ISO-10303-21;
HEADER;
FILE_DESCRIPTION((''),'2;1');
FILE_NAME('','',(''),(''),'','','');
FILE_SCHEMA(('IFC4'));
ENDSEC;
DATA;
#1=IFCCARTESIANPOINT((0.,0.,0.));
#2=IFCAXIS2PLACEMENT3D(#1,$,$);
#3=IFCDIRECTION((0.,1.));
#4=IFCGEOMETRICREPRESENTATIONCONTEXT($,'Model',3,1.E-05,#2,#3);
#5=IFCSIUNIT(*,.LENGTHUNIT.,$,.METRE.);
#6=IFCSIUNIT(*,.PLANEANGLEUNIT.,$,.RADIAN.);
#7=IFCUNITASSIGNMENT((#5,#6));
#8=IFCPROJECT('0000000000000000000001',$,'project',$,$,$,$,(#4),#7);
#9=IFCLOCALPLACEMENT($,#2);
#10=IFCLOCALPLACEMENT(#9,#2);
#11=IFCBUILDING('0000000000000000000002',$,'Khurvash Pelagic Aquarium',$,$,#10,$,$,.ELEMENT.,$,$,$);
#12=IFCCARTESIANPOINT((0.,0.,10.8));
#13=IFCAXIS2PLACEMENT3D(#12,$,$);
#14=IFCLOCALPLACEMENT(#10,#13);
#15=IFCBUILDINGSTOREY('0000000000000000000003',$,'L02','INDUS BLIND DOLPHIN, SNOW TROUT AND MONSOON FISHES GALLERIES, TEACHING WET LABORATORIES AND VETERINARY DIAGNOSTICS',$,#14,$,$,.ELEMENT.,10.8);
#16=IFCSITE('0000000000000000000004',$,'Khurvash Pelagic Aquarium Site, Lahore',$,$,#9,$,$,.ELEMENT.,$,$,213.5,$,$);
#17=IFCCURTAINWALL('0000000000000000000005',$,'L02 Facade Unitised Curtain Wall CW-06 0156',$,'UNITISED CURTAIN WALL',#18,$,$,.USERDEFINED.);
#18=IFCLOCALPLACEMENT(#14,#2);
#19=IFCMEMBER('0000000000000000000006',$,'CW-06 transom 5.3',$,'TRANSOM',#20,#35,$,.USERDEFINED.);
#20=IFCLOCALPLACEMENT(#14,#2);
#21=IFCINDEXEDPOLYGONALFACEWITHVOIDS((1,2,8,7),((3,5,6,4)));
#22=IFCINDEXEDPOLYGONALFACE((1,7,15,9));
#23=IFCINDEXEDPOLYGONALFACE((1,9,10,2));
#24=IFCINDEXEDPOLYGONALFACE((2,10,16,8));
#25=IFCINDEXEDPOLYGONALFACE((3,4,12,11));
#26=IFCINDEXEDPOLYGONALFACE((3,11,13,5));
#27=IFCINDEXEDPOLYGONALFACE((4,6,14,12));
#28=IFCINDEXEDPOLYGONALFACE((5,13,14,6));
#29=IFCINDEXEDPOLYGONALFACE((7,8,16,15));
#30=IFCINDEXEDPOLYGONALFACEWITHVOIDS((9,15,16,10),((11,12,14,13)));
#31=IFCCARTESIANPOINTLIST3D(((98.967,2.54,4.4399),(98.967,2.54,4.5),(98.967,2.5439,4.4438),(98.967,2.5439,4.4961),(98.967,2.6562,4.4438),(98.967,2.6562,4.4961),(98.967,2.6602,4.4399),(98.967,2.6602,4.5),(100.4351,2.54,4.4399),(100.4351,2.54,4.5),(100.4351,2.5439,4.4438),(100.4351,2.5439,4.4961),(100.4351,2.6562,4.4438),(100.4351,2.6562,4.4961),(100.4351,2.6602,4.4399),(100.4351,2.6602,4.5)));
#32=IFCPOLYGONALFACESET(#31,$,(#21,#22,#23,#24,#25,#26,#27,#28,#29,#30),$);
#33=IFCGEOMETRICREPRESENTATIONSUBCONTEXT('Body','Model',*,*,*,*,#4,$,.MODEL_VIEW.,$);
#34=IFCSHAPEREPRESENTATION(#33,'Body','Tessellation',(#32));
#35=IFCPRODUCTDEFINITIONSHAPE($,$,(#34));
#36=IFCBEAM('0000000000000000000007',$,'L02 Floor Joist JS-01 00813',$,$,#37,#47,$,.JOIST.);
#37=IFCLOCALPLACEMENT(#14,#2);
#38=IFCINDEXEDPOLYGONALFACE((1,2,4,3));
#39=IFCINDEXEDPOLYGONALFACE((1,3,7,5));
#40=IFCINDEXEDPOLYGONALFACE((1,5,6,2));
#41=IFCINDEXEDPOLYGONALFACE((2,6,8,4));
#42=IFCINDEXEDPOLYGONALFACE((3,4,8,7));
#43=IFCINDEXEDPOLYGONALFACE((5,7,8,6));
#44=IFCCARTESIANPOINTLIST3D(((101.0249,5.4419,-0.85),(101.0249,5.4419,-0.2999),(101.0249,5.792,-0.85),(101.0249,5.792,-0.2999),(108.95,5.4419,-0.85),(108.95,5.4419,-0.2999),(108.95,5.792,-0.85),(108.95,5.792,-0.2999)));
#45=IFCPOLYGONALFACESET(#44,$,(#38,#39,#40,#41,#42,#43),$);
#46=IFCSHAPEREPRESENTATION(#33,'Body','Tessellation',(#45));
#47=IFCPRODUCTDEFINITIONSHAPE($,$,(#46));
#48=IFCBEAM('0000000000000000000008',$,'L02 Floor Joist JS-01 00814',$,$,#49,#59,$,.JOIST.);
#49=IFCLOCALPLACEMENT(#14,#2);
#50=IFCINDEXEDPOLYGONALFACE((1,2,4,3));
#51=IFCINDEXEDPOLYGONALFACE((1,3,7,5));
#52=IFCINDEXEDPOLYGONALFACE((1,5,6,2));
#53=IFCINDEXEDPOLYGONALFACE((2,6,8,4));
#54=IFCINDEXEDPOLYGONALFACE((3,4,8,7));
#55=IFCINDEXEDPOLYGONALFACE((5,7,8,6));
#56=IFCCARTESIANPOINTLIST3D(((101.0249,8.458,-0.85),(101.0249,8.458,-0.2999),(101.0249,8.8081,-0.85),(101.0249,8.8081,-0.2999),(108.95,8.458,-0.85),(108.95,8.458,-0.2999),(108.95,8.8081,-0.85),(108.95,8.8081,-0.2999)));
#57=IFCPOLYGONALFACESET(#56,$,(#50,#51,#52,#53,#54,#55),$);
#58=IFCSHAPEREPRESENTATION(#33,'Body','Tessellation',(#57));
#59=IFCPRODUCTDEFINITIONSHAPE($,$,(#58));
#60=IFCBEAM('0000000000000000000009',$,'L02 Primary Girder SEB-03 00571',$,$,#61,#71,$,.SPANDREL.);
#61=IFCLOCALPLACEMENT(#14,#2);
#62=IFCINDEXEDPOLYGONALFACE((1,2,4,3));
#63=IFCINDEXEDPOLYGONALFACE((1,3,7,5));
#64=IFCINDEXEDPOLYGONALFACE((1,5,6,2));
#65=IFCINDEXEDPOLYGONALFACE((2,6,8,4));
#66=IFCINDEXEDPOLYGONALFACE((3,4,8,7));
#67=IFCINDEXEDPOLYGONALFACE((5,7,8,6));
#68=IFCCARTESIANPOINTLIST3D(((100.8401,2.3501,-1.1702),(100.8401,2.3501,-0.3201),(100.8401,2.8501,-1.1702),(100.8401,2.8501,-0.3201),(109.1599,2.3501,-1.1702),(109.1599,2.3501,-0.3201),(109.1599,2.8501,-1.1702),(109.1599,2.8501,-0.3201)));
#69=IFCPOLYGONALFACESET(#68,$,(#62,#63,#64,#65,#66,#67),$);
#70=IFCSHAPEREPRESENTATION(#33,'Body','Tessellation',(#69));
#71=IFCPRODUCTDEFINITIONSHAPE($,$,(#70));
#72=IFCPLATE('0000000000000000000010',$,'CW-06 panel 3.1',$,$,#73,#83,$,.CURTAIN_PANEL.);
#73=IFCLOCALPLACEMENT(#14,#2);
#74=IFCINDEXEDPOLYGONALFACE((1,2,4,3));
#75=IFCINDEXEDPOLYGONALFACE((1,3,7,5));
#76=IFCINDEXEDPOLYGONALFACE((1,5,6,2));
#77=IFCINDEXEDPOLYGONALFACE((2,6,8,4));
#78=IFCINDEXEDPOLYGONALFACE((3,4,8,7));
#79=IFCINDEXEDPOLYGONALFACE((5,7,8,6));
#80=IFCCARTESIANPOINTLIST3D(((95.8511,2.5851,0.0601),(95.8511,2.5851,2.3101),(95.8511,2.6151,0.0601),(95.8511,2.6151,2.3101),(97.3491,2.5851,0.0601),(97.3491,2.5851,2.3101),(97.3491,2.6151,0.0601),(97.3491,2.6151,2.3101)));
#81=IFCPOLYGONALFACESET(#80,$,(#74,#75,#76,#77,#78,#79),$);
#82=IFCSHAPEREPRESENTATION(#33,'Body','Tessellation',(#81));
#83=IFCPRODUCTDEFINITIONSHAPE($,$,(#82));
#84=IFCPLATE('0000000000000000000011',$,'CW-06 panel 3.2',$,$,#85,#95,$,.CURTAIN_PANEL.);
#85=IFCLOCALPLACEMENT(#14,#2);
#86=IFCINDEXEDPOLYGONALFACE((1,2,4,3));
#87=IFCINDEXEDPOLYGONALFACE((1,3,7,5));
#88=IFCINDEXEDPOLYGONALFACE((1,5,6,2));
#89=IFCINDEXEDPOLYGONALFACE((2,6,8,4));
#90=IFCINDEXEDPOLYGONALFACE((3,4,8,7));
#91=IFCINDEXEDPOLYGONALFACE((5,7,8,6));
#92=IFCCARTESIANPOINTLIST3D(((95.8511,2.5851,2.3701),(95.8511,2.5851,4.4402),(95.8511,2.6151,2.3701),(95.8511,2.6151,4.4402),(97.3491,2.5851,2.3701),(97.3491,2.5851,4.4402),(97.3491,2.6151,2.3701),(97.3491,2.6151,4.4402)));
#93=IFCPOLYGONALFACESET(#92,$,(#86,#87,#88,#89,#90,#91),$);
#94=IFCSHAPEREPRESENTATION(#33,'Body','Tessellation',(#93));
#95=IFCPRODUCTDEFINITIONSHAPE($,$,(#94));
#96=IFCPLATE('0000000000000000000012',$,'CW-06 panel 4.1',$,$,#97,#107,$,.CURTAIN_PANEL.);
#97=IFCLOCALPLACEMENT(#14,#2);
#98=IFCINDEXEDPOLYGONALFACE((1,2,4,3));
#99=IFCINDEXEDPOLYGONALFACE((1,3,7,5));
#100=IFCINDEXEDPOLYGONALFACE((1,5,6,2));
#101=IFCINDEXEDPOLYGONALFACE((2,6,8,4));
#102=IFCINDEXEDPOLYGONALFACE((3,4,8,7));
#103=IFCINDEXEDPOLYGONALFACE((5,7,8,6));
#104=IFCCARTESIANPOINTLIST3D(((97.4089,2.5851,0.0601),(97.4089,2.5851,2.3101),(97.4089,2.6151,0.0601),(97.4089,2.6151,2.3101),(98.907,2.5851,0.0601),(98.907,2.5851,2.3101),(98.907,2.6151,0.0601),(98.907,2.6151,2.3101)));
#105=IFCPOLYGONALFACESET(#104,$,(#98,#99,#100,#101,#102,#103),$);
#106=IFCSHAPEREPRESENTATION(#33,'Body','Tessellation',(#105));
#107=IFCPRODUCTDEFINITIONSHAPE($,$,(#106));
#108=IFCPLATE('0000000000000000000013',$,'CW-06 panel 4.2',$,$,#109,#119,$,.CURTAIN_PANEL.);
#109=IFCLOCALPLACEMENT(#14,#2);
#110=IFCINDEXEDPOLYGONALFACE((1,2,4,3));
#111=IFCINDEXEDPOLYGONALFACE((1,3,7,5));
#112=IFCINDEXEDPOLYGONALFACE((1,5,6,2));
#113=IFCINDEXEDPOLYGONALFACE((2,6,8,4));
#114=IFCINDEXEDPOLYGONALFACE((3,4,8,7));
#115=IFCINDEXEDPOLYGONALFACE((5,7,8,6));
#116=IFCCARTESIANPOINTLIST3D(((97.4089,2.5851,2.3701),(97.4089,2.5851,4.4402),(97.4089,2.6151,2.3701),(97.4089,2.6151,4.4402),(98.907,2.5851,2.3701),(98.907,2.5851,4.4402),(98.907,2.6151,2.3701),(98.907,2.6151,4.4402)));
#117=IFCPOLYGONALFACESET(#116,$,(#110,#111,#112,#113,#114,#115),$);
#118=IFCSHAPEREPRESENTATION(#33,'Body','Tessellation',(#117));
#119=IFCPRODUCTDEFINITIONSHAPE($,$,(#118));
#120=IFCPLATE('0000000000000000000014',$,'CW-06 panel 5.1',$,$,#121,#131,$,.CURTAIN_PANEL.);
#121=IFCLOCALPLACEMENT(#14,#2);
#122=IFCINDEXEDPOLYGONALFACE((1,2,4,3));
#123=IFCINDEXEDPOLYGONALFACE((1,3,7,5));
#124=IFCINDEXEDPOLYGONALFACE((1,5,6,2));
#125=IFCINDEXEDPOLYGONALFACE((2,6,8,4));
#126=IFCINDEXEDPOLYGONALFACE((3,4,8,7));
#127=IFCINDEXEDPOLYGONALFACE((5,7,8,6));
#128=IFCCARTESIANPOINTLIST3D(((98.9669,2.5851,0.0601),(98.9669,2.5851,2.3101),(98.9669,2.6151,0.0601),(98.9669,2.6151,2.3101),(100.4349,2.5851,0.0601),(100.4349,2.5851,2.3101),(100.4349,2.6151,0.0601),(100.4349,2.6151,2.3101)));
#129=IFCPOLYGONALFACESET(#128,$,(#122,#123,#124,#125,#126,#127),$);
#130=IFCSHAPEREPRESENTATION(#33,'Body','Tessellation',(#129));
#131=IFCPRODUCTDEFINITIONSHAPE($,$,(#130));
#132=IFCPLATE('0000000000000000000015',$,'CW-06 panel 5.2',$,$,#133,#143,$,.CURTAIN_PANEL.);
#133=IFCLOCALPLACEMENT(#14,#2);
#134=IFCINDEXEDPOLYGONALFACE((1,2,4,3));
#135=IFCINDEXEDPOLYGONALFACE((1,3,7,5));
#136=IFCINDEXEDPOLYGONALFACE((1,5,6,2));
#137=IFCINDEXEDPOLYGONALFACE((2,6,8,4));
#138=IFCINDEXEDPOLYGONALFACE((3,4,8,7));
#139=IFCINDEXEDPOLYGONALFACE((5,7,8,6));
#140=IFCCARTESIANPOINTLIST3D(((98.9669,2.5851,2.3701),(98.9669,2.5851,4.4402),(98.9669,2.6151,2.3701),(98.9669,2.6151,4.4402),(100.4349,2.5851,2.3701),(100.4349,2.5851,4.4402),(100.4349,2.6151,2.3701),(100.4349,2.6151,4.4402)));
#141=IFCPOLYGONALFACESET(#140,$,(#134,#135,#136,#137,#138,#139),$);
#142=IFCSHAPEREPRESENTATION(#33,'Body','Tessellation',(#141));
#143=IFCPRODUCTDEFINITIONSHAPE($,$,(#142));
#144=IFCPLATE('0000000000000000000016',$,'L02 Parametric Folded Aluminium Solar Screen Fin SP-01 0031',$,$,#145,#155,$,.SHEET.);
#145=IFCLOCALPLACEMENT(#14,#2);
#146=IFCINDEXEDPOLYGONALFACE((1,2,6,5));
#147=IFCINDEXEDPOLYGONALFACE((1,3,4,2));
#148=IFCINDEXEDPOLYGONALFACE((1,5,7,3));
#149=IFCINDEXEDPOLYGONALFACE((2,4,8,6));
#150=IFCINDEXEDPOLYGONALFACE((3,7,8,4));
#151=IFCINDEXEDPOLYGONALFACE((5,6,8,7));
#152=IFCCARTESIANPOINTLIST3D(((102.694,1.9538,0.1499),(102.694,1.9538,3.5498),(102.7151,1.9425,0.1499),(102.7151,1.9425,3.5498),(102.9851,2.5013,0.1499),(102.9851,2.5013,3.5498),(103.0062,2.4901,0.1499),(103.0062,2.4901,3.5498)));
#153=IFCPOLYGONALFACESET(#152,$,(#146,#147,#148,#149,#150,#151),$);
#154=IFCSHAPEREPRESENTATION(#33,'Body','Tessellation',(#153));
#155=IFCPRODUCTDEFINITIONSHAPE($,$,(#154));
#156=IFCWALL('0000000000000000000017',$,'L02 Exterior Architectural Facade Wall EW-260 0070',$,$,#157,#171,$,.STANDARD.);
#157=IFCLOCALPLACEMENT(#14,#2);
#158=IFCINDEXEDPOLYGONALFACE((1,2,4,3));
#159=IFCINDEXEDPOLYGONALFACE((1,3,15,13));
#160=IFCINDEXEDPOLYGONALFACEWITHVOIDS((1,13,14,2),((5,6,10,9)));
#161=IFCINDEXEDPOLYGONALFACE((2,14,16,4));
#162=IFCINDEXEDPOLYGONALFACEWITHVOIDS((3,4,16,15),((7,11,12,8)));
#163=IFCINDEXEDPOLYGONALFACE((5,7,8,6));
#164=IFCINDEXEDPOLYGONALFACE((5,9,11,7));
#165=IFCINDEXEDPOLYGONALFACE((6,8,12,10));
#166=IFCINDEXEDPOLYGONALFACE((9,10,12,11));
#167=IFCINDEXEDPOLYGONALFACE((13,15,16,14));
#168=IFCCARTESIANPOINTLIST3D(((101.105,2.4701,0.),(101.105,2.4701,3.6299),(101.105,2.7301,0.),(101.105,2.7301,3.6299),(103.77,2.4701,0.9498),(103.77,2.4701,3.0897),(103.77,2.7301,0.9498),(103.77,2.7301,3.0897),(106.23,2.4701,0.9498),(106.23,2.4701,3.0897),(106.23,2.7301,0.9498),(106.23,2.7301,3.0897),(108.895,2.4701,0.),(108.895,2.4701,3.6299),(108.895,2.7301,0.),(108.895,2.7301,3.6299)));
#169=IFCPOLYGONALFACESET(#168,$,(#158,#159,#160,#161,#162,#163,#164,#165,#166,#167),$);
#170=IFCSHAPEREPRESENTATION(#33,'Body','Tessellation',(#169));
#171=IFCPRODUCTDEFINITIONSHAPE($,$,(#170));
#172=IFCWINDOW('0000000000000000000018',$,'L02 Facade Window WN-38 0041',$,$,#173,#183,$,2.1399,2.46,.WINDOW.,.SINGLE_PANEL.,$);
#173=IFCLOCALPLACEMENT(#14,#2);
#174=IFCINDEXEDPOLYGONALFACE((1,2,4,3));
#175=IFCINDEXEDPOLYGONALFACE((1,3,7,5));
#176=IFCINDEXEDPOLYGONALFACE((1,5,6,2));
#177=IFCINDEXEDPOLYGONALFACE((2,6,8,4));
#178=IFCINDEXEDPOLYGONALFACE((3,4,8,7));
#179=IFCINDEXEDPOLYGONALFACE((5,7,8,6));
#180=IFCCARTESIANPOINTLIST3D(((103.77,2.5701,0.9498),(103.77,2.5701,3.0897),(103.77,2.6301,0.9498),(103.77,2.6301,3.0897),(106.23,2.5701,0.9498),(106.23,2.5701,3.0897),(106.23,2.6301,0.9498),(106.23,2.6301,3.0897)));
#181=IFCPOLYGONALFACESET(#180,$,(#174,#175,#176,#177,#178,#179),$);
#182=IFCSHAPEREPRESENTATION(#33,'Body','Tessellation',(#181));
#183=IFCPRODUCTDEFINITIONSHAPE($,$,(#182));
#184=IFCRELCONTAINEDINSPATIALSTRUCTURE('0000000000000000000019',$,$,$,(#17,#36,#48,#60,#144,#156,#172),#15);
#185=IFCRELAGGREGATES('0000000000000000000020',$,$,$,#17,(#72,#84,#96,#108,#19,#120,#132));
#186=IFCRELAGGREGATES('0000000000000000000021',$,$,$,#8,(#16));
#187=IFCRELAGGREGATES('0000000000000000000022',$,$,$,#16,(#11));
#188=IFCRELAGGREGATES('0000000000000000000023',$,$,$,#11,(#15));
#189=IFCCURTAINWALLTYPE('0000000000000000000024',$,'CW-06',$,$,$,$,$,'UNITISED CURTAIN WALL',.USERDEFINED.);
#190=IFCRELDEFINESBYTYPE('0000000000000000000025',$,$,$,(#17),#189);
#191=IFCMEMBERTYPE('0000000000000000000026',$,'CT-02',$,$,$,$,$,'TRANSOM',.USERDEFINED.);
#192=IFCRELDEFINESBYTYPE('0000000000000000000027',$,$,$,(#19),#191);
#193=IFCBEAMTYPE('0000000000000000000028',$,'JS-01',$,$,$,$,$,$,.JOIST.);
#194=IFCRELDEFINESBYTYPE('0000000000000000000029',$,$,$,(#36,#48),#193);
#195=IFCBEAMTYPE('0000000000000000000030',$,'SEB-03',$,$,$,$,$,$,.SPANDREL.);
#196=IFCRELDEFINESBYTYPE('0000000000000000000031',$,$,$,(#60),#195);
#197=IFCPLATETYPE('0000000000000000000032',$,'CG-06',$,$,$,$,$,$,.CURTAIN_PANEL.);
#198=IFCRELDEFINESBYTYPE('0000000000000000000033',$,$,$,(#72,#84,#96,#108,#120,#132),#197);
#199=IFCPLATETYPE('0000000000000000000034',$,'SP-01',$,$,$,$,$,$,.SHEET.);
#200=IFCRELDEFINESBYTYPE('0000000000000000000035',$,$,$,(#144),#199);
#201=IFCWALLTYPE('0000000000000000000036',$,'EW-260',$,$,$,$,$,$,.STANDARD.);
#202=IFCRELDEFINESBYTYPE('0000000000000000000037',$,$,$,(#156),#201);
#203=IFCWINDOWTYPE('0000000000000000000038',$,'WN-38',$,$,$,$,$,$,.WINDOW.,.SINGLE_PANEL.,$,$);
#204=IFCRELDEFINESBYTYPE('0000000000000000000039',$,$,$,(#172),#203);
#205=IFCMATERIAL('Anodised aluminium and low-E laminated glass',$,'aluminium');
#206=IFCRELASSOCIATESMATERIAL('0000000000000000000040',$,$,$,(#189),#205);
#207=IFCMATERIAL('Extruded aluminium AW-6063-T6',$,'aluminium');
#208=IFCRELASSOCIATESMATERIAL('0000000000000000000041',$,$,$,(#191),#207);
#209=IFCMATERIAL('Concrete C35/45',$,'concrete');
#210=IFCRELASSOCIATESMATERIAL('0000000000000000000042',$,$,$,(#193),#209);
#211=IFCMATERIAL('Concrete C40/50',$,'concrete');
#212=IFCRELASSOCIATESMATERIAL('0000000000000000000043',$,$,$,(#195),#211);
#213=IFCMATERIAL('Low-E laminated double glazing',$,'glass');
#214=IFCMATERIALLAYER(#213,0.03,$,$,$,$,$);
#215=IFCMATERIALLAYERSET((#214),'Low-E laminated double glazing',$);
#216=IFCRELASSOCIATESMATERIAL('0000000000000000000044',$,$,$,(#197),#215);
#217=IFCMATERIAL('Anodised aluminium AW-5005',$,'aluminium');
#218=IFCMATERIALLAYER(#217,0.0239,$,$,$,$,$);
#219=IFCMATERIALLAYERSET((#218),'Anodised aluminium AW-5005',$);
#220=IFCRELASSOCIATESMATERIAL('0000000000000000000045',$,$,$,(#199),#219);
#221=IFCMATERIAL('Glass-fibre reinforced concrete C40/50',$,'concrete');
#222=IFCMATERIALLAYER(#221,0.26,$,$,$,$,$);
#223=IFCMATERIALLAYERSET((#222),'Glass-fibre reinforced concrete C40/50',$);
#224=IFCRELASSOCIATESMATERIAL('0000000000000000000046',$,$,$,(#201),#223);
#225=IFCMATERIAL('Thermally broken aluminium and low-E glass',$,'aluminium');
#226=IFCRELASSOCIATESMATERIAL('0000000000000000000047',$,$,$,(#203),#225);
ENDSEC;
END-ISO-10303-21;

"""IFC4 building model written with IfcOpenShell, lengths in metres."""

from ifc_helpers import new_model, si_unit, direction, frame, frame_2d, origin, origin_2d, place, context, subcontext, project, spatial, rectangle, hollow_rectangle, extrude, material, layer, layer_set, material_profile, profile_set, type_object, element, fill, aggregate, save


model = new_model("IFC4")

# Units and contexts
model_context = context("Model", 3, precision=1e-05, world=origin(), true_north=direction((0.0, 1.0)))
body_context = subcontext(model_context, "Body", "Model", "MODEL_VIEW")
ifc_project = project(units=[si_unit("LENGTHUNIT", "METRE"), si_unit("PLANEANGLEUNIT", "RADIAN")], contexts=[model_context])

# Site, building, storey
site_placement = place(None, origin())
site = spatial("IfcSite", under=ifc_project, at=site_placement, Name="Khurvash Pelagic Aquarium Site, Lahore", CompositionType="ELEMENT", RefElevation=213.5)
building_placement = place(site_placement, origin())
building = spatial("IfcBuilding", under=site, at=building_placement, Name="Khurvash Pelagic Aquarium", CompositionType="ELEMENT")
storey_placement = place(building_placement, frame((0.0, 0.0, 10.8)))
storey = spatial("IfcBuildingStorey", under=building, at=storey_placement, Name="L02", Description="INDUS BLIND DOLPHIN, SNOW TROUT AND MONSOON FISHES GALLERIES, TEACHING WET LABORATORIES AND VETERINARY DIAGNOSTICS", CompositionType="ELEMENT", Elevation=10.8)

# Shared definitions
ifc_material_1 = material(Name="Concrete C40/50", Category="concrete")

# Shared definitions
ifc_material_2 = material(Name="Concrete C35/45", Category="concrete")

# Curtain wall, member
ifc_material_3 = material(Name="Anodised aluminium and low-E laminated glass", Category="aluminium")
curtain_wall_type = type_object("IfcCurtainWallType", Name="CW-06", ElementType="UNITISED CURTAIN WALL", PredefinedType="USERDEFINED", material=ifc_material_3)
curtain_wall_placement = place(storey_placement, origin())
curtain_wall = element("IfcCurtainWall", 1, at=curtain_wall_placement, inside=storey, type_object=curtain_wall_type, Name="L02 Facade Unitised Curtain Wall CW-06 0156", ObjectType="UNITISED CURTAIN WALL", PredefinedType="USERDEFINED")
ifc_material_4 = material(Name="Extruded aluminium AW-6063-T6", Category="aluminium")
ifc_material_profile_1 = material_profile(ifc_material_4, hollow_rectangle(XDim=0.1201, YDim=0.0601, WallThickness=0.0039, at=origin_2d()), Name="CWT120X60X4")
ifc_profile_set_1 = profile_set([ifc_material_profile_1], Name="Extruded aluminium AW-6063-T6")
member_type_1 = type_object("IfcMemberType", Name="CT-02", ElementType="TRANSOM", PredefinedType="USERDEFINED", material=ifc_profile_set_1)
member_1_placement = place(storey_placement, frame((98.967, 2.6001, 4.47), z_axis=(1.0, 0.0, 0.0), x_axis=(0.0, 1.0, 0.0)))
member_1 = element("IfcMember", 2, at=member_1_placement, type_object=member_type_1, Name="CW-06 transom 5.3", ObjectType="TRANSOM", PredefinedType="USERDEFINED", context=body_context, shape_type="SweptSolid", body=[
    extrude(hollow_rectangle(XDim=0.1201, YDim=0.0601, WallThickness=0.0039, at=origin_2d()), origin(), (0.0, 0.0, 1.0), 1.468),
])

# Beams
ifc_material_profile_2 = material_profile(ifc_material_2, rectangle(XDim=0.3501, YDim=0.55, at=origin_2d()), Name="RC350X550")
ifc_profile_set_2 = profile_set([ifc_material_profile_2], Name="Concrete C35/45")
beam_type_1 = type_object("IfcBeamType", Name="JS-01", PredefinedType="JOIST", material=ifc_profile_set_2)
for number, where, z_axis, x_axis, name in (
    (3, (101.0249, 5.6169, -0.575), (1.0, 0.0, 0.0), (0.0, 1.0, 0.0), "L02 Floor Joist JS-01 00813"),
    (4, (101.0249, 8.6331, -0.575), (1.0, 0.0, 0.0), (0.0, 1.0, 0.0), "L02 Floor Joist JS-01 00814"),
):
    element("IfcBeam", number, at=place(storey_placement, frame(where, z_axis=z_axis, x_axis=x_axis)), inside=storey, type_object=beam_type_1, Name=name, PredefinedType="JOIST", context=body_context, shape_type="SweptSolid", body=[
        extrude(rectangle(XDim=0.3501, YDim=0.55, at=origin_2d()), origin(), (0.0, 0.0, 1.0), 7.925),
    ])
ifc_material_profile_3 = material_profile(ifc_material_1, rectangle(XDim=0.5, YDim=0.8501, at=origin_2d()), Name="RC500X850")
ifc_profile_set_3 = profile_set([ifc_material_profile_3], Name="Concrete C40/50")
beam_type_2 = type_object("IfcBeamType", Name="SEB-03", PredefinedType="SPANDREL", material=ifc_profile_set_3)
beam_1_placement = place(storey_placement, frame((100.8401, 2.6001, -0.7451), z_axis=(1.0, 0.0, 0.0), x_axis=(0.0, 1.0, 0.0)))
element("IfcBeam", 5, at=beam_1_placement, inside=storey, type_object=beam_type_2, Name="L02 Primary Girder SEB-03 00571", PredefinedType="SPANDREL", context=body_context, shape_type="SweptSolid", body=[
    extrude(rectangle(XDim=0.5, YDim=0.8501, at=origin_2d()), origin(), (0.0, 0.0, 1.0), 8.3198),
])

# Plates
ifc_material_5 = material(Name="Low-E laminated double glazing", Category="glass")
ifc_layer_1 = layer(ifc_material_5, 0.03)
ifc_layer_set_1 = layer_set([ifc_layer_1], Name="Low-E laminated double glazing")
plate_type_1 = type_object("IfcPlateType", Name="CG-06", PredefinedType="CURTAIN_PANEL", material=ifc_layer_set_1)
plate_1_placement = place(storey_placement, frame((96.6001, 2.6001, 0.0601), z_axis=(0.0, 0.0, 1.0), x_axis=(1.0, 0.0, 0.0)))
plate_1 = element("IfcPlate", 6, at=plate_1_placement, type_object=plate_type_1, Name="CW-06 panel 3.1", PredefinedType="CURTAIN_PANEL", context=body_context, shape_type="SweptSolid", body=[
    extrude(rectangle(XDim=1.498, YDim=0.03, at=origin_2d()), origin(), (0.0, 0.0, 1.0), 2.25),
])
plate_2_placement = place(storey_placement, frame((96.6001, 2.6001, 2.3701), z_axis=(0.0, 0.0, 1.0), x_axis=(1.0, 0.0, 0.0)))
plate_2 = element("IfcPlate", 7, at=plate_2_placement, type_object=plate_type_1, Name="CW-06 panel 3.2", PredefinedType="CURTAIN_PANEL", context=body_context, shape_type="SweptSolid", body=[
    extrude(rectangle(XDim=1.498, YDim=0.03, at=origin_2d()), origin(), (0.0, 0.0, 1.0), 2.0701),
])
plate_3_placement = place(storey_placement, frame((98.158, 2.6001, 0.0601), z_axis=(0.0, 0.0, 1.0), x_axis=(1.0, 0.0, 0.0)))
plate_3 = element("IfcPlate", 8, at=plate_3_placement, type_object=plate_type_1, Name="CW-06 panel 4.1", PredefinedType="CURTAIN_PANEL", context=body_context, shape_type="SweptSolid", body=[
    extrude(rectangle(XDim=1.498, YDim=0.03, at=origin_2d()), origin(), (0.0, 0.0, 1.0), 2.25),
])
plate_4_placement = place(storey_placement, frame((98.158, 2.6001, 2.3701), z_axis=(0.0, 0.0, 1.0), x_axis=(1.0, 0.0, 0.0)))
plate_4 = element("IfcPlate", 9, at=plate_4_placement, type_object=plate_type_1, Name="CW-06 panel 4.2", PredefinedType="CURTAIN_PANEL", context=body_context, shape_type="SweptSolid", body=[
    extrude(rectangle(XDim=1.498, YDim=0.03, at=origin_2d()), origin(), (0.0, 0.0, 1.0), 2.0701),
])
plate_5_placement = place(storey_placement, frame((99.7009, 2.6001, 0.0601), z_axis=(0.0, 0.0, 1.0), x_axis=(1.0, 0.0, 0.0)))
plate_5 = element("IfcPlate", 10, at=plate_5_placement, type_object=plate_type_1, Name="CW-06 panel 5.1", PredefinedType="CURTAIN_PANEL", context=body_context, shape_type="SweptSolid", body=[
    extrude(rectangle(XDim=1.468, YDim=0.03, at=origin_2d()), origin(), (0.0, 0.0, 1.0), 2.25),
])
plate_6_placement = place(storey_placement, frame((99.7009, 2.6001, 2.3701), z_axis=(0.0, 0.0, 1.0), x_axis=(1.0, 0.0, 0.0)))
plate_6 = element("IfcPlate", 11, at=plate_6_placement, type_object=plate_type_1, Name="CW-06 panel 5.2", PredefinedType="CURTAIN_PANEL", context=body_context, shape_type="SweptSolid", body=[
    extrude(rectangle(XDim=1.468, YDim=0.03, at=origin_2d()), origin(), (0.0, 0.0, 1.0), 2.0701),
])
aggregate(curtain_wall, [plate_1, plate_2, plate_3, plate_4, member_1, plate_5, plate_6])
ifc_material_6 = material(Name="Anodised aluminium AW-5005", Category="aluminium")
ifc_layer_2 = layer(ifc_material_6, 0.0239)
ifc_layer_set_2 = layer_set([ifc_layer_2], Name="Anodised aluminium AW-5005")
plate_type_2 = type_object("IfcPlateType", Name="SP-01", PredefinedType="SHEET", material=ifc_layer_set_2)
plate_7_placement = place(storey_placement, frame((102.8501, 2.2219, 0.1499), z_axis=(0.0, 0.0, 1.0), x_axis=(-0.469472, -0.882948, 0.0)))
element("IfcPlate", 12, at=plate_7_placement, inside=storey, type_object=plate_type_2, Name="L02 Parametric Folded Aluminium Solar Screen Fin SP-01 0031", PredefinedType="SHEET", context=body_context, shape_type="SweptSolid", body=[
    extrude(rectangle(XDim=0.6201, YDim=0.0239, at=origin_2d()), origin(), (0.0, 0.0, 1.0), 3.3999),
])

# Wall, opening, window
ifc_material_7 = material(Name="Glass-fibre reinforced concrete C40/50", Category="concrete")
ifc_layer_3 = layer(ifc_material_7, 0.26)
ifc_layer_set_3 = layer_set([ifc_layer_3], Name="Glass-fibre reinforced concrete C40/50")
wall_type_1 = type_object("IfcWallType", Name="EW-260", PredefinedType="STANDARD", material=ifc_layer_set_3)
wall_1_placement = place(storey_placement, frame((101.105, 2.6001, 0.0), z_axis=(0.0, 0.0, 1.0), x_axis=(1.0, 0.0, 0.0)))
wall_1 = element("IfcWall", 13, at=wall_1_placement, inside=storey, type_object=wall_type_1, Name="L02 Exterior Architectural Facade Wall EW-260 0070", PredefinedType="STANDARD", context=body_context, shape_type="SweptSolid", body=[
    extrude(rectangle(XDim=7.79, YDim=0.26, at=frame_2d((3.895, 0.0))), origin(), (0.0, 0.0, 1.0), 3.6299),
])
opening_placement = place(wall_1_placement, frame((2.665, 0.0, 0.95)))
opening = element("IfcOpeningElement", 14, at=opening_placement, cuts=wall_1, PredefinedType="OPENING", context=body_context, shape_type="SweptSolid", body=[
    extrude(rectangle(XDim=2.46, YDim=2.1399, at=frame_2d((1.23, 1.0698))), frame((0.0, 0.1401, 0.0), z_axis=(0.0, -1.0, 0.0), x_axis=(1.0, 0.0, 0.0)), (0.0, 0.0, 1.0), 0.28),
])
ifc_material_8 = material(Name="Thermally broken aluminium and low-E glass", Category="aluminium")
window_type = type_object("IfcWindowType", Name="WN-38", PartitioningType="SINGLE_PANEL", PredefinedType="WINDOW", material=ifc_material_8)
window_placement = place(opening_placement, origin())
window = element("IfcWindow", 15, at=window_placement, inside=storey, type_object=window_type, Name="L02 Facade Window WN-38 0041", OverallHeight=2.1399, OverallWidth=2.46, PartitioningType="SINGLE_PANEL", PredefinedType="WINDOW", context=body_context, shape_type="SweptSolid", body=[
    extrude(rectangle(XDim=2.46, YDim=2.1399, at=frame_2d((1.23, 1.0698))), frame((0.0, 0.03, 0.0), z_axis=(0.0, -1.0, 0.0), x_axis=(1.0, 0.0, 0.0)), (0.0, 0.0, 1.0), 0.0601),
])
fill(opening, window)

save(model, "model.ifc")
